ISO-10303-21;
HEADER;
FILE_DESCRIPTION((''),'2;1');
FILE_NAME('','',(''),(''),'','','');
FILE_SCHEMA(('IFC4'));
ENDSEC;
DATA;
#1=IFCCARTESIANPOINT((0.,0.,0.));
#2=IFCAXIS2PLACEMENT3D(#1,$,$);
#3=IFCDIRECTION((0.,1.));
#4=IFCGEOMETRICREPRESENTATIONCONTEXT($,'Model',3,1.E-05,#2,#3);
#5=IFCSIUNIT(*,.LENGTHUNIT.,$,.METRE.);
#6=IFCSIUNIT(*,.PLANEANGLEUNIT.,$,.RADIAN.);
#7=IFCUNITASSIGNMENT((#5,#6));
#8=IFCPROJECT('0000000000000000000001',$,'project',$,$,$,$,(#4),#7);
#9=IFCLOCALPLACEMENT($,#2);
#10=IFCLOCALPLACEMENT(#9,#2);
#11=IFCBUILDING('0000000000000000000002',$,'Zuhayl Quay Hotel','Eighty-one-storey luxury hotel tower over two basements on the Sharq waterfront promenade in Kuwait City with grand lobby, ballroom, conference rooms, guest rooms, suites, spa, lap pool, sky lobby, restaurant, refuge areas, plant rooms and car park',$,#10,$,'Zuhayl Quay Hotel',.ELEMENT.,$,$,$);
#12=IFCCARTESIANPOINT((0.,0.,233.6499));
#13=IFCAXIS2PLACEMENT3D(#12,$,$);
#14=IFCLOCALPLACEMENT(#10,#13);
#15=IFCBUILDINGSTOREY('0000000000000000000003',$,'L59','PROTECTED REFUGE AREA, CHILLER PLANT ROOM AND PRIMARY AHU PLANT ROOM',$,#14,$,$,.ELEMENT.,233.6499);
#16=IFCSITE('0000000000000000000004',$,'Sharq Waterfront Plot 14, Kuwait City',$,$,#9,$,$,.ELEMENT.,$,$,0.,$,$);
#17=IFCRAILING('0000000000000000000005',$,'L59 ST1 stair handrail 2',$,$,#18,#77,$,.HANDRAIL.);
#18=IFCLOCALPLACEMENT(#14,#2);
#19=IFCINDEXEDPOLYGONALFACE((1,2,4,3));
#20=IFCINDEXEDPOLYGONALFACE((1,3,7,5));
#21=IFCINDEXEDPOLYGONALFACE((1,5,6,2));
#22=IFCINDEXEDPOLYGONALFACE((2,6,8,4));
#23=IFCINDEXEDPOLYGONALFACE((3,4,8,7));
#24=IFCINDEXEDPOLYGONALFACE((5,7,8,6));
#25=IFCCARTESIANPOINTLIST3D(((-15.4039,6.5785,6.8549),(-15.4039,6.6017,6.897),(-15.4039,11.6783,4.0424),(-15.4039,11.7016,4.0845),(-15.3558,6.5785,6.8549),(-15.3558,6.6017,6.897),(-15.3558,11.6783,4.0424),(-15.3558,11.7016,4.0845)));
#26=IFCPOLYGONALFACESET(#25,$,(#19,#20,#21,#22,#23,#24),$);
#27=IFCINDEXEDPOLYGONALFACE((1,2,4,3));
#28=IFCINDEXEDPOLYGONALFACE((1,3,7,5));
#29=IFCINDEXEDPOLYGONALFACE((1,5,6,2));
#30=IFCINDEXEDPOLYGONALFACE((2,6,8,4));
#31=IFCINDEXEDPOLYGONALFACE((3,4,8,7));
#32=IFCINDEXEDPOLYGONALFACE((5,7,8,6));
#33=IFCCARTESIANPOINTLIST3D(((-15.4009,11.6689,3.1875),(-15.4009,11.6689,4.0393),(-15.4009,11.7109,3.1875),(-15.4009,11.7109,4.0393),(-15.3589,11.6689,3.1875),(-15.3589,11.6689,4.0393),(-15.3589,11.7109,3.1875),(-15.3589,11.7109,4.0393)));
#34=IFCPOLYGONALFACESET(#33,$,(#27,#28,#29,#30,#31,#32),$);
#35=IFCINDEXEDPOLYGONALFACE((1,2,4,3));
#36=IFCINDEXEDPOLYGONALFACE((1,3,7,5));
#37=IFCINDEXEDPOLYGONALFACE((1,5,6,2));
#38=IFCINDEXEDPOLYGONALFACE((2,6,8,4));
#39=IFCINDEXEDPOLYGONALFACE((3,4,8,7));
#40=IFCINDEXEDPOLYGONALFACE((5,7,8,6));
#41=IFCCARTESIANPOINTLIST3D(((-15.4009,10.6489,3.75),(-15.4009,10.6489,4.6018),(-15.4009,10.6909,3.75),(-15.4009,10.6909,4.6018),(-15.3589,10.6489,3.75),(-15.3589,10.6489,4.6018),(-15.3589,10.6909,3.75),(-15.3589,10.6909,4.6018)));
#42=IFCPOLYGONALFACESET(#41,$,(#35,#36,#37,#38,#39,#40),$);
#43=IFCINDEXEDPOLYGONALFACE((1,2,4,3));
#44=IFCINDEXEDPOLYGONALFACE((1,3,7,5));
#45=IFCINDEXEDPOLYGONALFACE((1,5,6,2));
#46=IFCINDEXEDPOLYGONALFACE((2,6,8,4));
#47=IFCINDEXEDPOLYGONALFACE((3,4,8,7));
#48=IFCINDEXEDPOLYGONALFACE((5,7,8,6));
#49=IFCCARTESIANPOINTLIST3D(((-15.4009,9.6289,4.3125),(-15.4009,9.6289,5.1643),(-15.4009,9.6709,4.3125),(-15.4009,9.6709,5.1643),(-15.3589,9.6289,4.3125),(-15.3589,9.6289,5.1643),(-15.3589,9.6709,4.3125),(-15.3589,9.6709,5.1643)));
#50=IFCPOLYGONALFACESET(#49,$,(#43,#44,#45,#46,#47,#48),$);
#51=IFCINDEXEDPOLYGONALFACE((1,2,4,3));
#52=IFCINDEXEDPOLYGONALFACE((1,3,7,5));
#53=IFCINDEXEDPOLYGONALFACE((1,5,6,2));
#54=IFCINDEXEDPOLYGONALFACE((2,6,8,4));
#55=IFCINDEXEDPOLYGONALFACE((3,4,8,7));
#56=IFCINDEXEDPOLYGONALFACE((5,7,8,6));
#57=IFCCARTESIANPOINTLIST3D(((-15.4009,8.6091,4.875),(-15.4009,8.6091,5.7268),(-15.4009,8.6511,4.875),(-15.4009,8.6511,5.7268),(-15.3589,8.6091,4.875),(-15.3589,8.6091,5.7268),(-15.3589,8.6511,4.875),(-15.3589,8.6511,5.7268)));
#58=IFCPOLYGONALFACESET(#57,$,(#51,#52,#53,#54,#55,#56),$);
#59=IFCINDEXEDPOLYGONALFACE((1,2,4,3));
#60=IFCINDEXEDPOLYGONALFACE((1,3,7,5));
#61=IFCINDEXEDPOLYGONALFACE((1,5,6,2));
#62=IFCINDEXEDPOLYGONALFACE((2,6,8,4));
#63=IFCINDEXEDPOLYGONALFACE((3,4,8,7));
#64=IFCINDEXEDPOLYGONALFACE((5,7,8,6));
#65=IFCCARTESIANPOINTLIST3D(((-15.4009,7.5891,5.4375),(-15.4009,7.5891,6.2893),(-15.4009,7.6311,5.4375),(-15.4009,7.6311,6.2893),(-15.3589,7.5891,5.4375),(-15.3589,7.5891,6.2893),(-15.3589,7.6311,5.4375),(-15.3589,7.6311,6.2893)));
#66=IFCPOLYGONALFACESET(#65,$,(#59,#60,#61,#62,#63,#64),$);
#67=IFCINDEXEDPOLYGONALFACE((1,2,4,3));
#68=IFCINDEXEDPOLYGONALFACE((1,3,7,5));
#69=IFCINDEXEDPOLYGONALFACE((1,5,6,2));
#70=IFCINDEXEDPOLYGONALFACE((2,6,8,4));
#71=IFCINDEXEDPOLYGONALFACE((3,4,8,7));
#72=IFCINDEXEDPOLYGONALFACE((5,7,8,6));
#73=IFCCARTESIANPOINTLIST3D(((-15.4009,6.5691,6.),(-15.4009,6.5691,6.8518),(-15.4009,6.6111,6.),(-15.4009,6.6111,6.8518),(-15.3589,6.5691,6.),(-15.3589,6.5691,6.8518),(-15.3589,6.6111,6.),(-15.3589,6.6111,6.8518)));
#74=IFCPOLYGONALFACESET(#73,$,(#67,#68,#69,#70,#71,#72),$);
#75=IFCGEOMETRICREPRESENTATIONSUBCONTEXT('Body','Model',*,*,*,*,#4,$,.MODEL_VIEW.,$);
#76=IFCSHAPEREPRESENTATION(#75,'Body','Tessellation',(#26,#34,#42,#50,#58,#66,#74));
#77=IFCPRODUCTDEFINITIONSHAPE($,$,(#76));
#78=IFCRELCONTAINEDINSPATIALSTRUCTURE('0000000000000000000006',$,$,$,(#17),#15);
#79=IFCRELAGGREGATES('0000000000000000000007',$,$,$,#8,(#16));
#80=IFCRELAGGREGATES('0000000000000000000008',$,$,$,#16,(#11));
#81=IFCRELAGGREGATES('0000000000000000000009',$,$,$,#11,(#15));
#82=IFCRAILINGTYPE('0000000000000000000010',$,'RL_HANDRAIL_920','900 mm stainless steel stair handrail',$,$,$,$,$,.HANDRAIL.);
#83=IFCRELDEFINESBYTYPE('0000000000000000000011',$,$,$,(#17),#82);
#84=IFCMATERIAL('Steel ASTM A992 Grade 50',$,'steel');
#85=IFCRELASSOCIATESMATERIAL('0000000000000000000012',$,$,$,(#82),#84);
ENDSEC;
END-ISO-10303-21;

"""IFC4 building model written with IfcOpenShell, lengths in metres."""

from ifc_helpers import new_model, si_unit, direction, frame, origin, origin_2d, place, context, subcontext, project, spatial, rectangle, extrude, material, type_object, element, save


model = new_model("IFC4")

# Units and contexts
model_context = context("Model", 3, precision=1e-05, world=origin(), true_north=direction((0.0, 1.0)))
body_context = subcontext(model_context, "Body", "Model", "MODEL_VIEW")
ifc_project = project(units=[si_unit("LENGTHUNIT", "METRE"), si_unit("PLANEANGLEUNIT", "RADIAN")], contexts=[model_context])

# Site, building, storey
site_placement = place(None, origin())
site = spatial("IfcSite", under=ifc_project, at=site_placement, Name="Sharq Waterfront Plot 14, Kuwait City", CompositionType="ELEMENT", RefElevation=0.0)
building_placement = place(site_placement, origin())
building = spatial("IfcBuilding", under=site, at=building_placement, Name="Zuhayl Quay Hotel", Description="Eighty-one-storey luxury hotel tower over two basements on the Sharq waterfront promenade in Kuwait City with grand lobby, ballroom, conference rooms, guest rooms, suites, spa, lap pool, sky lobby, restaurant, refuge areas, plant rooms and car park", LongName="Zuhayl Quay Hotel", CompositionType="ELEMENT")
storey_placement = place(building_placement, frame((0.0, 0.0, 233.6499)))
storey = spatial("IfcBuildingStorey", under=building, at=storey_placement, Name="L59", Description="PROTECTED REFUGE AREA, CHILLER PLANT ROOM AND PRIMARY AHU PLANT ROOM", CompositionType="ELEMENT", Elevation=233.6499)

# Shared definitions
ifc_material_1 = material(Name="Steel ASTM A992 Grade 50", Category="steel")

# Railing
railing_type_1 = type_object("IfcRailingType", Name="RL_HANDRAIL_920", Description="900 mm stainless steel stair handrail", PredefinedType="HANDRAIL", material=ifc_material_1)
railing_1_placement = place(storey_placement, frame((-15.3799, 11.6899, 3.1875)))
element("IfcRailing", 1, at=railing_1_placement, inside=storey, type_object=railing_type_1, Name="L59 ST1 stair handrail 2", PredefinedType="HANDRAIL", context=body_context, shape_type="SweptSolid", body=[
    extrude(rectangle(XDim=0.0481, YDim=0.0481, at=origin_2d()), frame((0.0, 0.0, 0.876), z_axis=(0.0, -0.875666, 0.482918), x_axis=(1.0, 0.0, 0.0)), (0.0, 0.0, 1.0), 5.824),
    extrude(rectangle(XDim=0.042, YDim=0.042, at=origin_2d()), origin(), (0.0, 0.0, 1.0), 0.8518),
    extrude(rectangle(XDim=0.042, YDim=0.042, at=origin_2d()), frame((0.0, -1.02, 0.5625)), (0.0, 0.0, 1.0), 0.8518),
    extrude(rectangle(XDim=0.042, YDim=0.042, at=origin_2d()), frame((0.0, -2.04, 1.125)), (0.0, 0.0, 1.0), 0.8518),
    extrude(rectangle(XDim=0.042, YDim=0.042, at=origin_2d()), frame((0.0, -3.0598, 1.6875)), (0.0, 0.0, 1.0), 0.8518),
    extrude(rectangle(XDim=0.042, YDim=0.042, at=origin_2d()), frame((0.0, -4.0798, 2.25)), (0.0, 0.0, 1.0), 0.8518),
    extrude(rectangle(XDim=0.042, YDim=0.042, at=origin_2d()), frame((0.0, -5.0999, 2.8125)), (0.0, 0.0, 1.0), 0.8518),
])

save(model, "model.ifc")
